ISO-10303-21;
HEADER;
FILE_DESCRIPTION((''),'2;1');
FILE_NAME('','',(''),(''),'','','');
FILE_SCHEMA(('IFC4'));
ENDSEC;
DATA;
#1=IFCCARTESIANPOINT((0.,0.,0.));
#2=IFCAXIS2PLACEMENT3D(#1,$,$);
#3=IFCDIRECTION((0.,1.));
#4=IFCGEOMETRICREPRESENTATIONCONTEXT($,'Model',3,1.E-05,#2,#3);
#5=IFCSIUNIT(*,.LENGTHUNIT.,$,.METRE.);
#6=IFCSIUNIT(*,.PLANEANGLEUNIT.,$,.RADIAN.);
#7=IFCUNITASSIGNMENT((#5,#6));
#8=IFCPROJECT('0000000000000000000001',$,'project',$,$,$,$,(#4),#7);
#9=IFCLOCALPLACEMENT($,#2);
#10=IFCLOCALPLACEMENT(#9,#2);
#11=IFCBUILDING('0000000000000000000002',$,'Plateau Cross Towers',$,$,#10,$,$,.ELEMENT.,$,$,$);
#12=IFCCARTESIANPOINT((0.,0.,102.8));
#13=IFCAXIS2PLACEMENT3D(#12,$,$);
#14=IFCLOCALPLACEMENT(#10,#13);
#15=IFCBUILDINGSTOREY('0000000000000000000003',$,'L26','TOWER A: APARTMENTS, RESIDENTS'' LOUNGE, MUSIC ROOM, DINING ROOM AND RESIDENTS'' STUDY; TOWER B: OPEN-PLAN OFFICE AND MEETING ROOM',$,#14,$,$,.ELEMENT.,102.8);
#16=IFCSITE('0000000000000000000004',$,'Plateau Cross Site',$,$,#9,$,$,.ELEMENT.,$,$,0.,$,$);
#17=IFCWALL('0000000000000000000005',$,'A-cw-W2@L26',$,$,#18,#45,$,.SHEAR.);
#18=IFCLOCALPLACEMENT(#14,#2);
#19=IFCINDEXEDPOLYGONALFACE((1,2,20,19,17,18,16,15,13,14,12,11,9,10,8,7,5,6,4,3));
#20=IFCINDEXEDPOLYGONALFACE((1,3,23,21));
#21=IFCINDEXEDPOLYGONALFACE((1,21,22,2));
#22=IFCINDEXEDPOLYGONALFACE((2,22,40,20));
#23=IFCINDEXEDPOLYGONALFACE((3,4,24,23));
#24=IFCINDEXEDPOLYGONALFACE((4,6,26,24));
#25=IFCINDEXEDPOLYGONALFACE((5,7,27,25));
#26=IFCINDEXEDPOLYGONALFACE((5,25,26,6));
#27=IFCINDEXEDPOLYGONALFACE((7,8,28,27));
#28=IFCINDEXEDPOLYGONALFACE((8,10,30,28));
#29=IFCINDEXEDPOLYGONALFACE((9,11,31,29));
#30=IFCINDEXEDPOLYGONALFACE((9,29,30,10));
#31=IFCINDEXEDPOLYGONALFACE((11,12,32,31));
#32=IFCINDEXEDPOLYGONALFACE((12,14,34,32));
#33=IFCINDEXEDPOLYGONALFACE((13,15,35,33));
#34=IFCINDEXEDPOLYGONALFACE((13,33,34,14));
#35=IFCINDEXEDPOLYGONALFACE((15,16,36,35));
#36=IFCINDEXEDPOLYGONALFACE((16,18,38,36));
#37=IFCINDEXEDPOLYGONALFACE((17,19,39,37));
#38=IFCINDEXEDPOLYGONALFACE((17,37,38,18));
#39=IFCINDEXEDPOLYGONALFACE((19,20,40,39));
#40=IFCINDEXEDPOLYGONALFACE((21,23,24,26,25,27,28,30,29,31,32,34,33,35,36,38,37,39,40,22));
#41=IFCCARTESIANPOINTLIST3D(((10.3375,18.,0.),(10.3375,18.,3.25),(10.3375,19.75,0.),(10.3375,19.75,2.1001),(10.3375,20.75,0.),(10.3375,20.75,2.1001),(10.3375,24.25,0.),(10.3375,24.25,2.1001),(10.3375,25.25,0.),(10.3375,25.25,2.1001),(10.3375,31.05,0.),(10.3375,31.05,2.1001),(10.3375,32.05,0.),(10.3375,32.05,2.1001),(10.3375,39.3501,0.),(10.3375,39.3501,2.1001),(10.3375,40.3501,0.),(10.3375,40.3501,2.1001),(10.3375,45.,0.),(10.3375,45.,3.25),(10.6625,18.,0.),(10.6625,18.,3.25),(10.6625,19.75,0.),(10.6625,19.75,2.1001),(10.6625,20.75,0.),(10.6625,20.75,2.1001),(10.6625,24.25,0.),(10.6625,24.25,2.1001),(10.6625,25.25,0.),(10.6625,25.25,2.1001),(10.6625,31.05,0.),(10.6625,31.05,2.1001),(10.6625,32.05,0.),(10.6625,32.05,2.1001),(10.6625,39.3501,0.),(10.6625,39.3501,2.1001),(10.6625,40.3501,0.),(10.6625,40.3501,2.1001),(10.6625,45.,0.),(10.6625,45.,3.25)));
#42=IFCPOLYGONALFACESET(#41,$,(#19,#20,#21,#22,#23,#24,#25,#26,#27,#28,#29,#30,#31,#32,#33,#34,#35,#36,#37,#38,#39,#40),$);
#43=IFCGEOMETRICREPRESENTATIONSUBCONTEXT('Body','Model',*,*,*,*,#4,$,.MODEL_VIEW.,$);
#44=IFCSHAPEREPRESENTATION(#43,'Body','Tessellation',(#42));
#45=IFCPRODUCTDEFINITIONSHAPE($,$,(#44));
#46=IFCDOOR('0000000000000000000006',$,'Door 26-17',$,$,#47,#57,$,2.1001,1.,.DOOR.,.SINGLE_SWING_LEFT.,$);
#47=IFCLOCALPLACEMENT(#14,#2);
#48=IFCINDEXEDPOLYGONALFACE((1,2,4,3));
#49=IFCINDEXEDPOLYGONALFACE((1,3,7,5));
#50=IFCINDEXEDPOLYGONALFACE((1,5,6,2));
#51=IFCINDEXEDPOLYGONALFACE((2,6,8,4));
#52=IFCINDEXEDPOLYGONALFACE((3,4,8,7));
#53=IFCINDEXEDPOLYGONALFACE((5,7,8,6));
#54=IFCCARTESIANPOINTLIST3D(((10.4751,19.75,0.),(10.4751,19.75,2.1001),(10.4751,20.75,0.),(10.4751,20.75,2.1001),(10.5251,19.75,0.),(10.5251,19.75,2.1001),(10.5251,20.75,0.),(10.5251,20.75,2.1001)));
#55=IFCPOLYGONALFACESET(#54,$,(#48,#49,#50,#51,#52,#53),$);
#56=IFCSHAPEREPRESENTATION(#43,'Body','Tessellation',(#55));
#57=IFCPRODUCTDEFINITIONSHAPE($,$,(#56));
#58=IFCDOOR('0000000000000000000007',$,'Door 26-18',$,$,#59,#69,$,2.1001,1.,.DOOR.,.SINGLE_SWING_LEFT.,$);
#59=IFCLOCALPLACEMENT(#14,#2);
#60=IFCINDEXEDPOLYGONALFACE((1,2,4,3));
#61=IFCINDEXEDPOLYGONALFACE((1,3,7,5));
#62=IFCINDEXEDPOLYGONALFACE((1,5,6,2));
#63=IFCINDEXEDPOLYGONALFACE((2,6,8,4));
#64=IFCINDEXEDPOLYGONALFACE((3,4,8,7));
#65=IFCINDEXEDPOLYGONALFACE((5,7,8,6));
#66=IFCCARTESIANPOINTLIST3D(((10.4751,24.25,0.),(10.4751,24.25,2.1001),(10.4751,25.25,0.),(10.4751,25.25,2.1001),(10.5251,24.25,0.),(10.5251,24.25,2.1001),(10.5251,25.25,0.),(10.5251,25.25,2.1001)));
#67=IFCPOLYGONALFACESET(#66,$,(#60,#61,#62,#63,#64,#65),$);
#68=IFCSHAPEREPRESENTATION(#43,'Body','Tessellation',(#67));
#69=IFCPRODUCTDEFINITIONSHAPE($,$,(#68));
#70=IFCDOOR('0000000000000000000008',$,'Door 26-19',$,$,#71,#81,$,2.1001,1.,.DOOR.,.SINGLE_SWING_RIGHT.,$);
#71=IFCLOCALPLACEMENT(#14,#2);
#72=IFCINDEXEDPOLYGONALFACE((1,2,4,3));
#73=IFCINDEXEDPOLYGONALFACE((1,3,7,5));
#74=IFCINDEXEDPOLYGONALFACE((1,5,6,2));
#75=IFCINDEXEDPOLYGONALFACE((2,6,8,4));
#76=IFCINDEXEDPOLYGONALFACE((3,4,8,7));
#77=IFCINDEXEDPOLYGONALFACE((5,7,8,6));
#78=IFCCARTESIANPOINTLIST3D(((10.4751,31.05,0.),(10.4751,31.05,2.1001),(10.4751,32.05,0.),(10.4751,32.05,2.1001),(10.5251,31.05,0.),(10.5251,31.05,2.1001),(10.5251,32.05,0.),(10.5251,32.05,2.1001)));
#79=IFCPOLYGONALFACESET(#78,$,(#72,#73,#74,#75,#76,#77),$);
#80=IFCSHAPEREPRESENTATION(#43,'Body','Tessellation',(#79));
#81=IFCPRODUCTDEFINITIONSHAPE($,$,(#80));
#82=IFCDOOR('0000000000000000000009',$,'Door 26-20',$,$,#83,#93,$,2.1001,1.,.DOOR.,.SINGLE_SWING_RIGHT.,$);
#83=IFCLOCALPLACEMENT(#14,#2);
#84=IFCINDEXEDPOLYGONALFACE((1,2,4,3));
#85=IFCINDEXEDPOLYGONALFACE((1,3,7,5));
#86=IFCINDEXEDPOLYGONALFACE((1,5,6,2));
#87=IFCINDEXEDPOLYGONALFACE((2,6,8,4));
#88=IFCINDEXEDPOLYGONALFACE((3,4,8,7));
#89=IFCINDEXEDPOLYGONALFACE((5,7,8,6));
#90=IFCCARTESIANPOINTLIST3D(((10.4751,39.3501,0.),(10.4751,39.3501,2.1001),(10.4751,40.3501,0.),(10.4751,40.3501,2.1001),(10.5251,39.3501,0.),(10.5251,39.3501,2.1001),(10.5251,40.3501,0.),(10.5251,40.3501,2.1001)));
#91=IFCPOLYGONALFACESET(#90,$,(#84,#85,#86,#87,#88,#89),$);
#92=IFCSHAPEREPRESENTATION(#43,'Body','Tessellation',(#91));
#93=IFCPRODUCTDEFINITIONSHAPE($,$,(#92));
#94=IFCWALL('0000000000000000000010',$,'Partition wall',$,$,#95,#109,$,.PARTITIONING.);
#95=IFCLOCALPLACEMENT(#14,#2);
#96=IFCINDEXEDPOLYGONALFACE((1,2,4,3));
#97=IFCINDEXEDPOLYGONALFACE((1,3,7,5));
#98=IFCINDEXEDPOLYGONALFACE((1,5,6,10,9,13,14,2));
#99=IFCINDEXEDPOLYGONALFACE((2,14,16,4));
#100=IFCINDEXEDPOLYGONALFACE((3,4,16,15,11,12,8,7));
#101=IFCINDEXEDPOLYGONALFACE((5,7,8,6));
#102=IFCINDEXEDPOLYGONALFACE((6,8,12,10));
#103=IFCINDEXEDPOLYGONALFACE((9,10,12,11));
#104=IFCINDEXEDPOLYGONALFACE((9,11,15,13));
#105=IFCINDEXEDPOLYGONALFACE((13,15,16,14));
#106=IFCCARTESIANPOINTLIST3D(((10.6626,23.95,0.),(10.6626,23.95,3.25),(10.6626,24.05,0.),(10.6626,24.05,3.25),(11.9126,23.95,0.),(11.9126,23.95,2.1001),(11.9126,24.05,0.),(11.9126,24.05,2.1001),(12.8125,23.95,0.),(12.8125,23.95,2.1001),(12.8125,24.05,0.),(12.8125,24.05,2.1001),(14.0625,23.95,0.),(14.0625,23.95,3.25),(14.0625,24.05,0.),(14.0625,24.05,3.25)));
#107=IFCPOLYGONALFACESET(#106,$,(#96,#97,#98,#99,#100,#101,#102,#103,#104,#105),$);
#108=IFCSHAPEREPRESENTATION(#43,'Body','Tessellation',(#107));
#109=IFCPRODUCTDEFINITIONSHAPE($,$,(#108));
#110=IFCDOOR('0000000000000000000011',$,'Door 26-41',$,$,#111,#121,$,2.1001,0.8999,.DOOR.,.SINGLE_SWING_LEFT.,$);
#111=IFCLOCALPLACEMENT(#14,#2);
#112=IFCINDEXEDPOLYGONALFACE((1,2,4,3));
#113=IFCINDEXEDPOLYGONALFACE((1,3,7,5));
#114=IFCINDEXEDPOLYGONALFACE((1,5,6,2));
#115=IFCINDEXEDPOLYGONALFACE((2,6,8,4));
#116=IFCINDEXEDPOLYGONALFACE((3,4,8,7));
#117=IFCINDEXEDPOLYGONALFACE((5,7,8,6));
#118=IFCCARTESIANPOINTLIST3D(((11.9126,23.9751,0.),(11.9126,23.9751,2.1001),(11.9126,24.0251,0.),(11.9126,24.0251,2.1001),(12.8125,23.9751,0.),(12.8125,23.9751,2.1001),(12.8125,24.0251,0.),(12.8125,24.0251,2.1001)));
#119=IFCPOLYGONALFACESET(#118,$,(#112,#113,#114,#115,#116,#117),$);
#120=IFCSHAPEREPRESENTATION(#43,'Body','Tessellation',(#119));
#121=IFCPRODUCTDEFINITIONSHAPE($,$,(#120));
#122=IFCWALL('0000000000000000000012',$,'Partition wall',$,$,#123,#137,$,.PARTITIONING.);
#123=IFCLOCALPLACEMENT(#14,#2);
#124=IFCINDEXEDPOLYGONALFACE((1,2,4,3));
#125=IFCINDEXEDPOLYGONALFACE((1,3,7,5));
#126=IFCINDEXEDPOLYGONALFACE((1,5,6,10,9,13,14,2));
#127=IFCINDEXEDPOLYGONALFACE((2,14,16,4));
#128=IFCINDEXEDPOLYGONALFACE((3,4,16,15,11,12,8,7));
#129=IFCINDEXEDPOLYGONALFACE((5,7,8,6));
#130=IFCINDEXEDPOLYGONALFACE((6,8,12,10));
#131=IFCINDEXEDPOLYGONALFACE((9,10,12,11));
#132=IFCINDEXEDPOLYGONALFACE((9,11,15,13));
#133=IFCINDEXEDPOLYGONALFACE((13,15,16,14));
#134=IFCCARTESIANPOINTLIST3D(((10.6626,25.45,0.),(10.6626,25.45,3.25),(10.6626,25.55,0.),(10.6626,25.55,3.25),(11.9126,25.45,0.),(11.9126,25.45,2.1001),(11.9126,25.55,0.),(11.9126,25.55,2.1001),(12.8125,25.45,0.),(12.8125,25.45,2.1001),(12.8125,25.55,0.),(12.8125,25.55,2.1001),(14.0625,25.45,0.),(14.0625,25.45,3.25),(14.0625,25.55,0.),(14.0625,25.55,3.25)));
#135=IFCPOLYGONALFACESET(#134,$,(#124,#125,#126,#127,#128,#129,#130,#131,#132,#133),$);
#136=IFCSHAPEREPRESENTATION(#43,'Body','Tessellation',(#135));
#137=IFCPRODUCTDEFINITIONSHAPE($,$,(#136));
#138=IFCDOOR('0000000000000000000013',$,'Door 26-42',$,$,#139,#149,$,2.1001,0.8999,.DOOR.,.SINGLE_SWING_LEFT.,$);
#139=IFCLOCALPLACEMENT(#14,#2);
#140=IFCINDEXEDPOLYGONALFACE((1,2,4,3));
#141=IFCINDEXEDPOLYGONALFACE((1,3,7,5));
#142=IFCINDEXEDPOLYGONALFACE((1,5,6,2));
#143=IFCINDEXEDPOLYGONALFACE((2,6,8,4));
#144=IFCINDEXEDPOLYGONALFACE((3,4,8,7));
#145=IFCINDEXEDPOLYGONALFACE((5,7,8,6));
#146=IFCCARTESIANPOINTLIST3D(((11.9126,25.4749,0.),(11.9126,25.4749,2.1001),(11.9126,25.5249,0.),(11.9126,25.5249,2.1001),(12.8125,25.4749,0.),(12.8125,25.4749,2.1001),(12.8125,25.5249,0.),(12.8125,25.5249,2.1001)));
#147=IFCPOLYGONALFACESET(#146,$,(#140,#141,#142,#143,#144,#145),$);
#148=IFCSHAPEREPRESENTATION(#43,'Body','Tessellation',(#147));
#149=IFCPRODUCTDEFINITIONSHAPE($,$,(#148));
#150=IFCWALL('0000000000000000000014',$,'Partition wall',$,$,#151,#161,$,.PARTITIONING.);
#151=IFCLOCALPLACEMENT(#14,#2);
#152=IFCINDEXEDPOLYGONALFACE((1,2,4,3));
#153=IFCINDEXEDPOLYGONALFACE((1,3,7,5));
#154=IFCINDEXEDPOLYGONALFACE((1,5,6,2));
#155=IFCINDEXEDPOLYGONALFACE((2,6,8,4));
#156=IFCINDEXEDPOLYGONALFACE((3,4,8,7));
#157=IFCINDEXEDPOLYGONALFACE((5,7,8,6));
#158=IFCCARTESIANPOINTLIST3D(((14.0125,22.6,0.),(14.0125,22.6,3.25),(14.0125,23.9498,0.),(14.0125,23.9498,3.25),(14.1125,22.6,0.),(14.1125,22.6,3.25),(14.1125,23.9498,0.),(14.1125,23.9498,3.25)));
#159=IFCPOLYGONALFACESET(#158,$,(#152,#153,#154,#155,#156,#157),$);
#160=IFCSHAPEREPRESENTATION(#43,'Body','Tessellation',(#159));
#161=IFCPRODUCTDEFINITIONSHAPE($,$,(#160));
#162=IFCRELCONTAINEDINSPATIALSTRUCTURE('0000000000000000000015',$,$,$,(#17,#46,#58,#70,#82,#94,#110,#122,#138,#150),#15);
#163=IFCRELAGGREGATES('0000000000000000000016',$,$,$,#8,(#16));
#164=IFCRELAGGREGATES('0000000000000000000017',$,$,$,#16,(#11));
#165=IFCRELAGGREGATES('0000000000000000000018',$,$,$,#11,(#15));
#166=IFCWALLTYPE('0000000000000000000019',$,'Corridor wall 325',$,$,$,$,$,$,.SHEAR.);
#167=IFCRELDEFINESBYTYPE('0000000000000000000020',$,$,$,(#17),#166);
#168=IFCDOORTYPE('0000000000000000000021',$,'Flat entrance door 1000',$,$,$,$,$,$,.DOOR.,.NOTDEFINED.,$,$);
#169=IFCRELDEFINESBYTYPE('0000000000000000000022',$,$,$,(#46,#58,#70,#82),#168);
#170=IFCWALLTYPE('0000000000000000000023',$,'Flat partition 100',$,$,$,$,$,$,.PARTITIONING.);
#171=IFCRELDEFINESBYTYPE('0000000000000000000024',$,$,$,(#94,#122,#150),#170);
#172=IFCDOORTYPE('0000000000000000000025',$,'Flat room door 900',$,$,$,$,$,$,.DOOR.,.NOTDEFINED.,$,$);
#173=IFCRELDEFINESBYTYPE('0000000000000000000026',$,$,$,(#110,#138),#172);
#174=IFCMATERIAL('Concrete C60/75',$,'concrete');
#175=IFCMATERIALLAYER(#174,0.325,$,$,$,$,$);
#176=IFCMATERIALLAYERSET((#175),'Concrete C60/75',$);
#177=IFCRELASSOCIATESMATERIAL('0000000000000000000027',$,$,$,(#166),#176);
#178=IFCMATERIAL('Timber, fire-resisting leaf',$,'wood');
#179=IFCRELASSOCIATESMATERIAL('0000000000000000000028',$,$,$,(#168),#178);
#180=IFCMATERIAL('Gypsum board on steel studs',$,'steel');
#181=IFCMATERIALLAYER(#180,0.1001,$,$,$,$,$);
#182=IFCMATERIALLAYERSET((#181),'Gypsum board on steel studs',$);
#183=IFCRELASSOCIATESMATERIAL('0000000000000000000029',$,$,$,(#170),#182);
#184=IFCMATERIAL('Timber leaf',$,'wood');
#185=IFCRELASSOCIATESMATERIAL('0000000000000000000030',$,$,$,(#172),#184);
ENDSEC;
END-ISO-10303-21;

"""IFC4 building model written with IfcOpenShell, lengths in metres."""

from ifc_helpers import new_model, si_unit, direction, frame, frame_2d, origin, place, context, subcontext, project, spatial, rectangle, extrude, material, layer, layer_set, type_object, element, fill, save


model = new_model("IFC4")

# Units and contexts
model_context = context("Model", 3, precision=1e-05, world=origin(), true_north=direction((0.0, 1.0)))
body_context = subcontext(model_context, "Body", "Model", "MODEL_VIEW")
ifc_project = project(units=[si_unit("LENGTHUNIT", "METRE"), si_unit("PLANEANGLEUNIT", "RADIAN")], contexts=[model_context])

# Site, building, storey
site_placement = place(None, origin())
site = spatial("IfcSite", under=ifc_project, at=site_placement, Name="Plateau Cross Site", CompositionType="ELEMENT", RefElevation=0.0)
building_placement = place(site_placement, origin())
building = spatial("IfcBuilding", under=site, at=building_placement, Name="Plateau Cross Towers", CompositionType="ELEMENT")
storey_placement = place(building_placement, frame((0.0, 0.0, 102.8)))
storey = spatial("IfcBuildingStorey", under=building, at=storey_placement, Name="L26", Description="TOWER A: APARTMENTS, RESIDENTS' LOUNGE, MUSIC ROOM, DINING ROOM AND RESIDENTS' STUDY; TOWER B: OPEN-PLAN OFFICE AND MEETING ROOM", CompositionType="ELEMENT", Elevation=102.8)

# Shared definitions
ifc_material_1 = material(Name="Concrete C60/75", Category="concrete")

# Wall, openings, doors
ifc_layer_1 = layer(ifc_material_1, 0.325)
ifc_layer_set_1 = layer_set([ifc_layer_1], Name="Concrete C60/75")
wall_type_1 = type_object("IfcWallType", Name="Corridor wall 325", PredefinedType="SHEAR", material=ifc_layer_set_1)
wall_1_placement = place(storey_placement, frame((10.5, 18.0, 0.0), z_axis=(0.0, 0.0, 1.0), x_axis=(0.0, 1.0, 0.0)))
wall_1 = element("IfcWall", 1, at=wall_1_placement, inside=storey, type_object=wall_type_1, Name="A-cw-W2@L26", PredefinedType="SHEAR", context=body_context, shape_type="SweptSolid", body=[
    extrude(rectangle(XDim=27.0, YDim=0.325, at=frame_2d((13.5, 0.0))), origin(), (0.0, 0.0, 1.0), 3.25),
])
opening_1_placement = place(wall_1_placement, frame((1.75, 0.0, 0.0)))
opening_1 = element("IfcOpeningElement", 2, at=opening_1_placement, cuts=wall_1, PredefinedType="OPENING", context=body_context, shape_type="SweptSolid", body=[
    extrude(rectangle(XDim=1.0, YDim=2.1001, at=frame_2d((0.5, 1.05))), frame((0.0, 0.1724, 0.0), z_axis=(0.0, -1.0, 0.0), x_axis=(1.0, 0.0, 0.0)), (0.0, 0.0, 1.0), 0.345),
])
opening_2_placement = place(wall_1_placement, frame((6.25, 0.0, 0.0)))
opening_2 = element("IfcOpeningElement", 3, at=opening_2_placement, cuts=wall_1, PredefinedType="OPENING", context=body_context, shape_type="SweptSolid", body=[
    extrude(rectangle(XDim=1.0, YDim=2.1001, at=frame_2d((0.5, 1.05))), frame((0.0, 0.1724, 0.0), z_axis=(0.0, -1.0, 0.0), x_axis=(1.0, 0.0, 0.0)), (0.0, 0.0, 1.0), 0.345),
])
opening_3_placement = place(wall_1_placement, frame((13.05, 0.0, 0.0)))
opening_3 = element("IfcOpeningElement", 4, at=opening_3_placement, cuts=wall_1, PredefinedType="OPENING", context=body_context, shape_type="SweptSolid", body=[
    extrude(rectangle(XDim=1.0, YDim=2.1001, at=frame_2d((0.5, 1.05))), frame((0.0, 0.1724, 0.0), z_axis=(0.0, -1.0, 0.0), x_axis=(1.0, 0.0, 0.0)), (0.0, 0.0, 1.0), 0.345),
])
opening_4_placement = place(wall_1_placement, frame((21.3501, 0.0, 0.0)))
opening_4 = element("IfcOpeningElement", 5, at=opening_4_placement, cuts=wall_1, PredefinedType="OPENING", context=body_context, shape_type="SweptSolid", body=[
    extrude(rectangle(XDim=1.0, YDim=2.1001, at=frame_2d((0.5, 1.05))), frame((0.0, 0.1724, 0.0), z_axis=(0.0, -1.0, 0.0), x_axis=(1.0, 0.0, 0.0)), (0.0, 0.0, 1.0), 0.345),
])
ifc_material_2 = material(Name="Timber, fire-resisting leaf", Category="wood")
door_type_1 = type_object("IfcDoorType", Name="Flat entrance door 1000", OperationType="NOTDEFINED", PredefinedType="DOOR", material=ifc_material_2)
door_1_placement = place(opening_1_placement, origin())
door_1 = element("IfcDoor", 6, at=door_1_placement, inside=storey, type_object=door_type_1, Name="Door 26-17", OperationType="SINGLE_SWING_LEFT", OverallHeight=2.1001, OverallWidth=1.0, PredefinedType="DOOR", context=body_context, shape_type="SweptSolid", body=[
    extrude(rectangle(XDim=1.0, YDim=2.1001, at=frame_2d((0.5, 1.05))), frame((0.0, 0.0249, 0.0), z_axis=(0.0, -1.0, 0.0), x_axis=(1.0, 0.0, 0.0)), (0.0, 0.0, 1.0), 0.05),
])
fill(opening_1, door_1)
door_2_placement = place(opening_2_placement, origin())
door_2 = element("IfcDoor", 7, at=door_2_placement, inside=storey, type_object=door_type_1, Name="Door 26-18", OperationType="SINGLE_SWING_LEFT", OverallHeight=2.1001, OverallWidth=1.0, PredefinedType="DOOR", context=body_context, shape_type="SweptSolid", body=[
    extrude(rectangle(XDim=1.0, YDim=2.1001, at=frame_2d((0.5, 1.05))), frame((0.0, 0.0249, 0.0), z_axis=(0.0, -1.0, 0.0), x_axis=(1.0, 0.0, 0.0)), (0.0, 0.0, 1.0), 0.05),
])
fill(opening_2, door_2)
door_3_placement = place(opening_3_placement, origin())
door_3 = element("IfcDoor", 8, at=door_3_placement, inside=storey, type_object=door_type_1, Name="Door 26-19", OperationType="SINGLE_SWING_RIGHT", OverallHeight=2.1001, OverallWidth=1.0, PredefinedType="DOOR", context=body_context, shape_type="SweptSolid", body=[
    extrude(rectangle(XDim=1.0, YDim=2.1001, at=frame_2d((0.5, 1.05))), frame((0.0, 0.0249, 0.0), z_axis=(0.0, -1.0, 0.0), x_axis=(1.0, 0.0, 0.0)), (0.0, 0.0, 1.0), 0.05),
])
fill(opening_3, door_3)
door_4_placement = place(opening_4_placement, origin())
door_4 = element("IfcDoor", 9, at=door_4_placement, inside=storey, type_object=door_type_1, Name="Door 26-20", OperationType="SINGLE_SWING_RIGHT", OverallHeight=2.1001, OverallWidth=1.0, PredefinedType="DOOR", context=body_context, shape_type="SweptSolid", body=[
    extrude(rectangle(XDim=1.0, YDim=2.1001, at=frame_2d((0.5, 1.05))), frame((0.0, 0.0249, 0.0), z_axis=(0.0, -1.0, 0.0), x_axis=(1.0, 0.0, 0.0)), (0.0, 0.0, 1.0), 0.05),
])
fill(opening_4, door_4)

# Walls, openings, doors
ifc_material_3 = material(Name="Gypsum board on steel studs", Category="steel")
ifc_layer_2 = layer(ifc_material_3, 0.1001)
ifc_layer_set_2 = layer_set([ifc_layer_2], Name="Gypsum board on steel studs")
wall_type_2 = type_object("IfcWallType", Name="Flat partition 100", PredefinedType="PARTITIONING", material=ifc_layer_set_2)
wall_2_placement = place(storey_placement, frame((14.0625, 24.0, 0.0), z_axis=(0.0, 0.0, 1.0), x_axis=(-1.0, 0.0, 0.0)))
wall_2 = element("IfcWall", 10, at=wall_2_placement, inside=storey, type_object=wall_type_2, Name="Partition wall", PredefinedType="PARTITIONING", context=body_context, shape_type="SweptSolid", body=[
    extrude(rectangle(XDim=3.3999, YDim=0.1001, at=frame_2d((1.7, 0.0))), origin(), (0.0, 0.0, 1.0), 3.25),
])
opening_5_placement = place(wall_2_placement, frame((1.25, 0.0, 0.0)))
opening_5 = element("IfcOpeningElement", 11, at=opening_5_placement, cuts=wall_2, PredefinedType="OPENING", context=body_context, shape_type="SweptSolid", body=[
    extrude(rectangle(XDim=0.8999, YDim=2.1001, at=frame_2d((0.45, 1.05))), frame((0.0, 0.0601, 0.0), z_axis=(0.0, -1.0, 0.0), x_axis=(1.0, 0.0, 0.0)), (0.0, 0.0, 1.0), 0.1201),
])
ifc_material_4 = material(Name="Timber leaf", Category="wood")
door_type_2 = type_object("IfcDoorType", Name="Flat room door 900", OperationType="NOTDEFINED", PredefinedType="DOOR", material=ifc_material_4)
door_5_placement = place(opening_5_placement, origin())
door_5 = element("IfcDoor", 12, at=door_5_placement, inside=storey, type_object=door_type_2, Name="Door 26-41", OperationType="SINGLE_SWING_LEFT", OverallHeight=2.1001, OverallWidth=0.8999, PredefinedType="DOOR", context=body_context, shape_type="SweptSolid", body=[
    extrude(rectangle(XDim=0.8999, YDim=2.1001, at=frame_2d((0.45, 1.05))), frame((0.0, 0.0249, 0.0), z_axis=(0.0, -1.0, 0.0), x_axis=(1.0, 0.0, 0.0)), (0.0, 0.0, 1.0), 0.05),
])
fill(opening_5, door_5)
wall_3_placement = place(storey_placement, frame((10.6626, 25.5, 0.0), z_axis=(0.0, 0.0, 1.0), x_axis=(1.0, 0.0, 0.0)))
wall_3 = element("IfcWall", 13, at=wall_3_placement, inside=storey, type_object=wall_type_2, Name="Partition wall", PredefinedType="PARTITIONING", context=body_context, shape_type="SweptSolid", body=[
    extrude(rectangle(XDim=3.3999, YDim=0.1001, at=frame_2d((1.7, 0.0))), origin(), (0.0, 0.0, 1.0), 3.25),
])
opening_6_placement = place(wall_3_placement, frame((1.25, 0.0, 0.0)))
opening_6 = element("IfcOpeningElement", 14, at=opening_6_placement, cuts=wall_3, PredefinedType="OPENING", context=body_context, shape_type="SweptSolid", body=[
    extrude(rectangle(XDim=0.8999, YDim=2.1001, at=frame_2d((0.45, 1.05))), frame((0.0, 0.0601, 0.0), z_axis=(0.0, -1.0, 0.0), x_axis=(1.0, 0.0, 0.0)), (0.0, 0.0, 1.0), 0.1201),
])
door_6_placement = place(opening_6_placement, origin())
door_6 = element("IfcDoor", 15, at=door_6_placement, inside=storey, type_object=door_type_2, Name="Door 26-42", OperationType="SINGLE_SWING_LEFT", OverallHeight=2.1001, OverallWidth=0.8999, PredefinedType="DOOR", context=body_context, shape_type="SweptSolid", body=[
    extrude(rectangle(XDim=0.8999, YDim=2.1001, at=frame_2d((0.45, 1.05))), frame((0.0, 0.0249, 0.0), z_axis=(0.0, -1.0, 0.0), x_axis=(1.0, 0.0, 0.0)), (0.0, 0.0, 1.0), 0.05),
])
fill(opening_6, door_6)

# Wall
for number, where, z_axis, x_axis, name in (
    (16, (14.0625, 22.6001, 0.0), (0.0, 0.0, 1.0), (0.0, 1.0, 0.0), "Partition wall"),
):
    element("IfcWall", number, at=place(storey_placement, frame(where, z_axis=z_axis, x_axis=x_axis)), inside=storey, type_object=wall_type_2, Name=name, PredefinedType="PARTITIONING", context=body_context, shape_type="SweptSolid", body=[
        extrude(rectangle(XDim=1.3499, YDim=0.1001, at=frame_2d((0.6748, 0.0))), origin(), (0.0, 0.0, 1.0), 3.25),
    ])

save(model, "model.ifc")
